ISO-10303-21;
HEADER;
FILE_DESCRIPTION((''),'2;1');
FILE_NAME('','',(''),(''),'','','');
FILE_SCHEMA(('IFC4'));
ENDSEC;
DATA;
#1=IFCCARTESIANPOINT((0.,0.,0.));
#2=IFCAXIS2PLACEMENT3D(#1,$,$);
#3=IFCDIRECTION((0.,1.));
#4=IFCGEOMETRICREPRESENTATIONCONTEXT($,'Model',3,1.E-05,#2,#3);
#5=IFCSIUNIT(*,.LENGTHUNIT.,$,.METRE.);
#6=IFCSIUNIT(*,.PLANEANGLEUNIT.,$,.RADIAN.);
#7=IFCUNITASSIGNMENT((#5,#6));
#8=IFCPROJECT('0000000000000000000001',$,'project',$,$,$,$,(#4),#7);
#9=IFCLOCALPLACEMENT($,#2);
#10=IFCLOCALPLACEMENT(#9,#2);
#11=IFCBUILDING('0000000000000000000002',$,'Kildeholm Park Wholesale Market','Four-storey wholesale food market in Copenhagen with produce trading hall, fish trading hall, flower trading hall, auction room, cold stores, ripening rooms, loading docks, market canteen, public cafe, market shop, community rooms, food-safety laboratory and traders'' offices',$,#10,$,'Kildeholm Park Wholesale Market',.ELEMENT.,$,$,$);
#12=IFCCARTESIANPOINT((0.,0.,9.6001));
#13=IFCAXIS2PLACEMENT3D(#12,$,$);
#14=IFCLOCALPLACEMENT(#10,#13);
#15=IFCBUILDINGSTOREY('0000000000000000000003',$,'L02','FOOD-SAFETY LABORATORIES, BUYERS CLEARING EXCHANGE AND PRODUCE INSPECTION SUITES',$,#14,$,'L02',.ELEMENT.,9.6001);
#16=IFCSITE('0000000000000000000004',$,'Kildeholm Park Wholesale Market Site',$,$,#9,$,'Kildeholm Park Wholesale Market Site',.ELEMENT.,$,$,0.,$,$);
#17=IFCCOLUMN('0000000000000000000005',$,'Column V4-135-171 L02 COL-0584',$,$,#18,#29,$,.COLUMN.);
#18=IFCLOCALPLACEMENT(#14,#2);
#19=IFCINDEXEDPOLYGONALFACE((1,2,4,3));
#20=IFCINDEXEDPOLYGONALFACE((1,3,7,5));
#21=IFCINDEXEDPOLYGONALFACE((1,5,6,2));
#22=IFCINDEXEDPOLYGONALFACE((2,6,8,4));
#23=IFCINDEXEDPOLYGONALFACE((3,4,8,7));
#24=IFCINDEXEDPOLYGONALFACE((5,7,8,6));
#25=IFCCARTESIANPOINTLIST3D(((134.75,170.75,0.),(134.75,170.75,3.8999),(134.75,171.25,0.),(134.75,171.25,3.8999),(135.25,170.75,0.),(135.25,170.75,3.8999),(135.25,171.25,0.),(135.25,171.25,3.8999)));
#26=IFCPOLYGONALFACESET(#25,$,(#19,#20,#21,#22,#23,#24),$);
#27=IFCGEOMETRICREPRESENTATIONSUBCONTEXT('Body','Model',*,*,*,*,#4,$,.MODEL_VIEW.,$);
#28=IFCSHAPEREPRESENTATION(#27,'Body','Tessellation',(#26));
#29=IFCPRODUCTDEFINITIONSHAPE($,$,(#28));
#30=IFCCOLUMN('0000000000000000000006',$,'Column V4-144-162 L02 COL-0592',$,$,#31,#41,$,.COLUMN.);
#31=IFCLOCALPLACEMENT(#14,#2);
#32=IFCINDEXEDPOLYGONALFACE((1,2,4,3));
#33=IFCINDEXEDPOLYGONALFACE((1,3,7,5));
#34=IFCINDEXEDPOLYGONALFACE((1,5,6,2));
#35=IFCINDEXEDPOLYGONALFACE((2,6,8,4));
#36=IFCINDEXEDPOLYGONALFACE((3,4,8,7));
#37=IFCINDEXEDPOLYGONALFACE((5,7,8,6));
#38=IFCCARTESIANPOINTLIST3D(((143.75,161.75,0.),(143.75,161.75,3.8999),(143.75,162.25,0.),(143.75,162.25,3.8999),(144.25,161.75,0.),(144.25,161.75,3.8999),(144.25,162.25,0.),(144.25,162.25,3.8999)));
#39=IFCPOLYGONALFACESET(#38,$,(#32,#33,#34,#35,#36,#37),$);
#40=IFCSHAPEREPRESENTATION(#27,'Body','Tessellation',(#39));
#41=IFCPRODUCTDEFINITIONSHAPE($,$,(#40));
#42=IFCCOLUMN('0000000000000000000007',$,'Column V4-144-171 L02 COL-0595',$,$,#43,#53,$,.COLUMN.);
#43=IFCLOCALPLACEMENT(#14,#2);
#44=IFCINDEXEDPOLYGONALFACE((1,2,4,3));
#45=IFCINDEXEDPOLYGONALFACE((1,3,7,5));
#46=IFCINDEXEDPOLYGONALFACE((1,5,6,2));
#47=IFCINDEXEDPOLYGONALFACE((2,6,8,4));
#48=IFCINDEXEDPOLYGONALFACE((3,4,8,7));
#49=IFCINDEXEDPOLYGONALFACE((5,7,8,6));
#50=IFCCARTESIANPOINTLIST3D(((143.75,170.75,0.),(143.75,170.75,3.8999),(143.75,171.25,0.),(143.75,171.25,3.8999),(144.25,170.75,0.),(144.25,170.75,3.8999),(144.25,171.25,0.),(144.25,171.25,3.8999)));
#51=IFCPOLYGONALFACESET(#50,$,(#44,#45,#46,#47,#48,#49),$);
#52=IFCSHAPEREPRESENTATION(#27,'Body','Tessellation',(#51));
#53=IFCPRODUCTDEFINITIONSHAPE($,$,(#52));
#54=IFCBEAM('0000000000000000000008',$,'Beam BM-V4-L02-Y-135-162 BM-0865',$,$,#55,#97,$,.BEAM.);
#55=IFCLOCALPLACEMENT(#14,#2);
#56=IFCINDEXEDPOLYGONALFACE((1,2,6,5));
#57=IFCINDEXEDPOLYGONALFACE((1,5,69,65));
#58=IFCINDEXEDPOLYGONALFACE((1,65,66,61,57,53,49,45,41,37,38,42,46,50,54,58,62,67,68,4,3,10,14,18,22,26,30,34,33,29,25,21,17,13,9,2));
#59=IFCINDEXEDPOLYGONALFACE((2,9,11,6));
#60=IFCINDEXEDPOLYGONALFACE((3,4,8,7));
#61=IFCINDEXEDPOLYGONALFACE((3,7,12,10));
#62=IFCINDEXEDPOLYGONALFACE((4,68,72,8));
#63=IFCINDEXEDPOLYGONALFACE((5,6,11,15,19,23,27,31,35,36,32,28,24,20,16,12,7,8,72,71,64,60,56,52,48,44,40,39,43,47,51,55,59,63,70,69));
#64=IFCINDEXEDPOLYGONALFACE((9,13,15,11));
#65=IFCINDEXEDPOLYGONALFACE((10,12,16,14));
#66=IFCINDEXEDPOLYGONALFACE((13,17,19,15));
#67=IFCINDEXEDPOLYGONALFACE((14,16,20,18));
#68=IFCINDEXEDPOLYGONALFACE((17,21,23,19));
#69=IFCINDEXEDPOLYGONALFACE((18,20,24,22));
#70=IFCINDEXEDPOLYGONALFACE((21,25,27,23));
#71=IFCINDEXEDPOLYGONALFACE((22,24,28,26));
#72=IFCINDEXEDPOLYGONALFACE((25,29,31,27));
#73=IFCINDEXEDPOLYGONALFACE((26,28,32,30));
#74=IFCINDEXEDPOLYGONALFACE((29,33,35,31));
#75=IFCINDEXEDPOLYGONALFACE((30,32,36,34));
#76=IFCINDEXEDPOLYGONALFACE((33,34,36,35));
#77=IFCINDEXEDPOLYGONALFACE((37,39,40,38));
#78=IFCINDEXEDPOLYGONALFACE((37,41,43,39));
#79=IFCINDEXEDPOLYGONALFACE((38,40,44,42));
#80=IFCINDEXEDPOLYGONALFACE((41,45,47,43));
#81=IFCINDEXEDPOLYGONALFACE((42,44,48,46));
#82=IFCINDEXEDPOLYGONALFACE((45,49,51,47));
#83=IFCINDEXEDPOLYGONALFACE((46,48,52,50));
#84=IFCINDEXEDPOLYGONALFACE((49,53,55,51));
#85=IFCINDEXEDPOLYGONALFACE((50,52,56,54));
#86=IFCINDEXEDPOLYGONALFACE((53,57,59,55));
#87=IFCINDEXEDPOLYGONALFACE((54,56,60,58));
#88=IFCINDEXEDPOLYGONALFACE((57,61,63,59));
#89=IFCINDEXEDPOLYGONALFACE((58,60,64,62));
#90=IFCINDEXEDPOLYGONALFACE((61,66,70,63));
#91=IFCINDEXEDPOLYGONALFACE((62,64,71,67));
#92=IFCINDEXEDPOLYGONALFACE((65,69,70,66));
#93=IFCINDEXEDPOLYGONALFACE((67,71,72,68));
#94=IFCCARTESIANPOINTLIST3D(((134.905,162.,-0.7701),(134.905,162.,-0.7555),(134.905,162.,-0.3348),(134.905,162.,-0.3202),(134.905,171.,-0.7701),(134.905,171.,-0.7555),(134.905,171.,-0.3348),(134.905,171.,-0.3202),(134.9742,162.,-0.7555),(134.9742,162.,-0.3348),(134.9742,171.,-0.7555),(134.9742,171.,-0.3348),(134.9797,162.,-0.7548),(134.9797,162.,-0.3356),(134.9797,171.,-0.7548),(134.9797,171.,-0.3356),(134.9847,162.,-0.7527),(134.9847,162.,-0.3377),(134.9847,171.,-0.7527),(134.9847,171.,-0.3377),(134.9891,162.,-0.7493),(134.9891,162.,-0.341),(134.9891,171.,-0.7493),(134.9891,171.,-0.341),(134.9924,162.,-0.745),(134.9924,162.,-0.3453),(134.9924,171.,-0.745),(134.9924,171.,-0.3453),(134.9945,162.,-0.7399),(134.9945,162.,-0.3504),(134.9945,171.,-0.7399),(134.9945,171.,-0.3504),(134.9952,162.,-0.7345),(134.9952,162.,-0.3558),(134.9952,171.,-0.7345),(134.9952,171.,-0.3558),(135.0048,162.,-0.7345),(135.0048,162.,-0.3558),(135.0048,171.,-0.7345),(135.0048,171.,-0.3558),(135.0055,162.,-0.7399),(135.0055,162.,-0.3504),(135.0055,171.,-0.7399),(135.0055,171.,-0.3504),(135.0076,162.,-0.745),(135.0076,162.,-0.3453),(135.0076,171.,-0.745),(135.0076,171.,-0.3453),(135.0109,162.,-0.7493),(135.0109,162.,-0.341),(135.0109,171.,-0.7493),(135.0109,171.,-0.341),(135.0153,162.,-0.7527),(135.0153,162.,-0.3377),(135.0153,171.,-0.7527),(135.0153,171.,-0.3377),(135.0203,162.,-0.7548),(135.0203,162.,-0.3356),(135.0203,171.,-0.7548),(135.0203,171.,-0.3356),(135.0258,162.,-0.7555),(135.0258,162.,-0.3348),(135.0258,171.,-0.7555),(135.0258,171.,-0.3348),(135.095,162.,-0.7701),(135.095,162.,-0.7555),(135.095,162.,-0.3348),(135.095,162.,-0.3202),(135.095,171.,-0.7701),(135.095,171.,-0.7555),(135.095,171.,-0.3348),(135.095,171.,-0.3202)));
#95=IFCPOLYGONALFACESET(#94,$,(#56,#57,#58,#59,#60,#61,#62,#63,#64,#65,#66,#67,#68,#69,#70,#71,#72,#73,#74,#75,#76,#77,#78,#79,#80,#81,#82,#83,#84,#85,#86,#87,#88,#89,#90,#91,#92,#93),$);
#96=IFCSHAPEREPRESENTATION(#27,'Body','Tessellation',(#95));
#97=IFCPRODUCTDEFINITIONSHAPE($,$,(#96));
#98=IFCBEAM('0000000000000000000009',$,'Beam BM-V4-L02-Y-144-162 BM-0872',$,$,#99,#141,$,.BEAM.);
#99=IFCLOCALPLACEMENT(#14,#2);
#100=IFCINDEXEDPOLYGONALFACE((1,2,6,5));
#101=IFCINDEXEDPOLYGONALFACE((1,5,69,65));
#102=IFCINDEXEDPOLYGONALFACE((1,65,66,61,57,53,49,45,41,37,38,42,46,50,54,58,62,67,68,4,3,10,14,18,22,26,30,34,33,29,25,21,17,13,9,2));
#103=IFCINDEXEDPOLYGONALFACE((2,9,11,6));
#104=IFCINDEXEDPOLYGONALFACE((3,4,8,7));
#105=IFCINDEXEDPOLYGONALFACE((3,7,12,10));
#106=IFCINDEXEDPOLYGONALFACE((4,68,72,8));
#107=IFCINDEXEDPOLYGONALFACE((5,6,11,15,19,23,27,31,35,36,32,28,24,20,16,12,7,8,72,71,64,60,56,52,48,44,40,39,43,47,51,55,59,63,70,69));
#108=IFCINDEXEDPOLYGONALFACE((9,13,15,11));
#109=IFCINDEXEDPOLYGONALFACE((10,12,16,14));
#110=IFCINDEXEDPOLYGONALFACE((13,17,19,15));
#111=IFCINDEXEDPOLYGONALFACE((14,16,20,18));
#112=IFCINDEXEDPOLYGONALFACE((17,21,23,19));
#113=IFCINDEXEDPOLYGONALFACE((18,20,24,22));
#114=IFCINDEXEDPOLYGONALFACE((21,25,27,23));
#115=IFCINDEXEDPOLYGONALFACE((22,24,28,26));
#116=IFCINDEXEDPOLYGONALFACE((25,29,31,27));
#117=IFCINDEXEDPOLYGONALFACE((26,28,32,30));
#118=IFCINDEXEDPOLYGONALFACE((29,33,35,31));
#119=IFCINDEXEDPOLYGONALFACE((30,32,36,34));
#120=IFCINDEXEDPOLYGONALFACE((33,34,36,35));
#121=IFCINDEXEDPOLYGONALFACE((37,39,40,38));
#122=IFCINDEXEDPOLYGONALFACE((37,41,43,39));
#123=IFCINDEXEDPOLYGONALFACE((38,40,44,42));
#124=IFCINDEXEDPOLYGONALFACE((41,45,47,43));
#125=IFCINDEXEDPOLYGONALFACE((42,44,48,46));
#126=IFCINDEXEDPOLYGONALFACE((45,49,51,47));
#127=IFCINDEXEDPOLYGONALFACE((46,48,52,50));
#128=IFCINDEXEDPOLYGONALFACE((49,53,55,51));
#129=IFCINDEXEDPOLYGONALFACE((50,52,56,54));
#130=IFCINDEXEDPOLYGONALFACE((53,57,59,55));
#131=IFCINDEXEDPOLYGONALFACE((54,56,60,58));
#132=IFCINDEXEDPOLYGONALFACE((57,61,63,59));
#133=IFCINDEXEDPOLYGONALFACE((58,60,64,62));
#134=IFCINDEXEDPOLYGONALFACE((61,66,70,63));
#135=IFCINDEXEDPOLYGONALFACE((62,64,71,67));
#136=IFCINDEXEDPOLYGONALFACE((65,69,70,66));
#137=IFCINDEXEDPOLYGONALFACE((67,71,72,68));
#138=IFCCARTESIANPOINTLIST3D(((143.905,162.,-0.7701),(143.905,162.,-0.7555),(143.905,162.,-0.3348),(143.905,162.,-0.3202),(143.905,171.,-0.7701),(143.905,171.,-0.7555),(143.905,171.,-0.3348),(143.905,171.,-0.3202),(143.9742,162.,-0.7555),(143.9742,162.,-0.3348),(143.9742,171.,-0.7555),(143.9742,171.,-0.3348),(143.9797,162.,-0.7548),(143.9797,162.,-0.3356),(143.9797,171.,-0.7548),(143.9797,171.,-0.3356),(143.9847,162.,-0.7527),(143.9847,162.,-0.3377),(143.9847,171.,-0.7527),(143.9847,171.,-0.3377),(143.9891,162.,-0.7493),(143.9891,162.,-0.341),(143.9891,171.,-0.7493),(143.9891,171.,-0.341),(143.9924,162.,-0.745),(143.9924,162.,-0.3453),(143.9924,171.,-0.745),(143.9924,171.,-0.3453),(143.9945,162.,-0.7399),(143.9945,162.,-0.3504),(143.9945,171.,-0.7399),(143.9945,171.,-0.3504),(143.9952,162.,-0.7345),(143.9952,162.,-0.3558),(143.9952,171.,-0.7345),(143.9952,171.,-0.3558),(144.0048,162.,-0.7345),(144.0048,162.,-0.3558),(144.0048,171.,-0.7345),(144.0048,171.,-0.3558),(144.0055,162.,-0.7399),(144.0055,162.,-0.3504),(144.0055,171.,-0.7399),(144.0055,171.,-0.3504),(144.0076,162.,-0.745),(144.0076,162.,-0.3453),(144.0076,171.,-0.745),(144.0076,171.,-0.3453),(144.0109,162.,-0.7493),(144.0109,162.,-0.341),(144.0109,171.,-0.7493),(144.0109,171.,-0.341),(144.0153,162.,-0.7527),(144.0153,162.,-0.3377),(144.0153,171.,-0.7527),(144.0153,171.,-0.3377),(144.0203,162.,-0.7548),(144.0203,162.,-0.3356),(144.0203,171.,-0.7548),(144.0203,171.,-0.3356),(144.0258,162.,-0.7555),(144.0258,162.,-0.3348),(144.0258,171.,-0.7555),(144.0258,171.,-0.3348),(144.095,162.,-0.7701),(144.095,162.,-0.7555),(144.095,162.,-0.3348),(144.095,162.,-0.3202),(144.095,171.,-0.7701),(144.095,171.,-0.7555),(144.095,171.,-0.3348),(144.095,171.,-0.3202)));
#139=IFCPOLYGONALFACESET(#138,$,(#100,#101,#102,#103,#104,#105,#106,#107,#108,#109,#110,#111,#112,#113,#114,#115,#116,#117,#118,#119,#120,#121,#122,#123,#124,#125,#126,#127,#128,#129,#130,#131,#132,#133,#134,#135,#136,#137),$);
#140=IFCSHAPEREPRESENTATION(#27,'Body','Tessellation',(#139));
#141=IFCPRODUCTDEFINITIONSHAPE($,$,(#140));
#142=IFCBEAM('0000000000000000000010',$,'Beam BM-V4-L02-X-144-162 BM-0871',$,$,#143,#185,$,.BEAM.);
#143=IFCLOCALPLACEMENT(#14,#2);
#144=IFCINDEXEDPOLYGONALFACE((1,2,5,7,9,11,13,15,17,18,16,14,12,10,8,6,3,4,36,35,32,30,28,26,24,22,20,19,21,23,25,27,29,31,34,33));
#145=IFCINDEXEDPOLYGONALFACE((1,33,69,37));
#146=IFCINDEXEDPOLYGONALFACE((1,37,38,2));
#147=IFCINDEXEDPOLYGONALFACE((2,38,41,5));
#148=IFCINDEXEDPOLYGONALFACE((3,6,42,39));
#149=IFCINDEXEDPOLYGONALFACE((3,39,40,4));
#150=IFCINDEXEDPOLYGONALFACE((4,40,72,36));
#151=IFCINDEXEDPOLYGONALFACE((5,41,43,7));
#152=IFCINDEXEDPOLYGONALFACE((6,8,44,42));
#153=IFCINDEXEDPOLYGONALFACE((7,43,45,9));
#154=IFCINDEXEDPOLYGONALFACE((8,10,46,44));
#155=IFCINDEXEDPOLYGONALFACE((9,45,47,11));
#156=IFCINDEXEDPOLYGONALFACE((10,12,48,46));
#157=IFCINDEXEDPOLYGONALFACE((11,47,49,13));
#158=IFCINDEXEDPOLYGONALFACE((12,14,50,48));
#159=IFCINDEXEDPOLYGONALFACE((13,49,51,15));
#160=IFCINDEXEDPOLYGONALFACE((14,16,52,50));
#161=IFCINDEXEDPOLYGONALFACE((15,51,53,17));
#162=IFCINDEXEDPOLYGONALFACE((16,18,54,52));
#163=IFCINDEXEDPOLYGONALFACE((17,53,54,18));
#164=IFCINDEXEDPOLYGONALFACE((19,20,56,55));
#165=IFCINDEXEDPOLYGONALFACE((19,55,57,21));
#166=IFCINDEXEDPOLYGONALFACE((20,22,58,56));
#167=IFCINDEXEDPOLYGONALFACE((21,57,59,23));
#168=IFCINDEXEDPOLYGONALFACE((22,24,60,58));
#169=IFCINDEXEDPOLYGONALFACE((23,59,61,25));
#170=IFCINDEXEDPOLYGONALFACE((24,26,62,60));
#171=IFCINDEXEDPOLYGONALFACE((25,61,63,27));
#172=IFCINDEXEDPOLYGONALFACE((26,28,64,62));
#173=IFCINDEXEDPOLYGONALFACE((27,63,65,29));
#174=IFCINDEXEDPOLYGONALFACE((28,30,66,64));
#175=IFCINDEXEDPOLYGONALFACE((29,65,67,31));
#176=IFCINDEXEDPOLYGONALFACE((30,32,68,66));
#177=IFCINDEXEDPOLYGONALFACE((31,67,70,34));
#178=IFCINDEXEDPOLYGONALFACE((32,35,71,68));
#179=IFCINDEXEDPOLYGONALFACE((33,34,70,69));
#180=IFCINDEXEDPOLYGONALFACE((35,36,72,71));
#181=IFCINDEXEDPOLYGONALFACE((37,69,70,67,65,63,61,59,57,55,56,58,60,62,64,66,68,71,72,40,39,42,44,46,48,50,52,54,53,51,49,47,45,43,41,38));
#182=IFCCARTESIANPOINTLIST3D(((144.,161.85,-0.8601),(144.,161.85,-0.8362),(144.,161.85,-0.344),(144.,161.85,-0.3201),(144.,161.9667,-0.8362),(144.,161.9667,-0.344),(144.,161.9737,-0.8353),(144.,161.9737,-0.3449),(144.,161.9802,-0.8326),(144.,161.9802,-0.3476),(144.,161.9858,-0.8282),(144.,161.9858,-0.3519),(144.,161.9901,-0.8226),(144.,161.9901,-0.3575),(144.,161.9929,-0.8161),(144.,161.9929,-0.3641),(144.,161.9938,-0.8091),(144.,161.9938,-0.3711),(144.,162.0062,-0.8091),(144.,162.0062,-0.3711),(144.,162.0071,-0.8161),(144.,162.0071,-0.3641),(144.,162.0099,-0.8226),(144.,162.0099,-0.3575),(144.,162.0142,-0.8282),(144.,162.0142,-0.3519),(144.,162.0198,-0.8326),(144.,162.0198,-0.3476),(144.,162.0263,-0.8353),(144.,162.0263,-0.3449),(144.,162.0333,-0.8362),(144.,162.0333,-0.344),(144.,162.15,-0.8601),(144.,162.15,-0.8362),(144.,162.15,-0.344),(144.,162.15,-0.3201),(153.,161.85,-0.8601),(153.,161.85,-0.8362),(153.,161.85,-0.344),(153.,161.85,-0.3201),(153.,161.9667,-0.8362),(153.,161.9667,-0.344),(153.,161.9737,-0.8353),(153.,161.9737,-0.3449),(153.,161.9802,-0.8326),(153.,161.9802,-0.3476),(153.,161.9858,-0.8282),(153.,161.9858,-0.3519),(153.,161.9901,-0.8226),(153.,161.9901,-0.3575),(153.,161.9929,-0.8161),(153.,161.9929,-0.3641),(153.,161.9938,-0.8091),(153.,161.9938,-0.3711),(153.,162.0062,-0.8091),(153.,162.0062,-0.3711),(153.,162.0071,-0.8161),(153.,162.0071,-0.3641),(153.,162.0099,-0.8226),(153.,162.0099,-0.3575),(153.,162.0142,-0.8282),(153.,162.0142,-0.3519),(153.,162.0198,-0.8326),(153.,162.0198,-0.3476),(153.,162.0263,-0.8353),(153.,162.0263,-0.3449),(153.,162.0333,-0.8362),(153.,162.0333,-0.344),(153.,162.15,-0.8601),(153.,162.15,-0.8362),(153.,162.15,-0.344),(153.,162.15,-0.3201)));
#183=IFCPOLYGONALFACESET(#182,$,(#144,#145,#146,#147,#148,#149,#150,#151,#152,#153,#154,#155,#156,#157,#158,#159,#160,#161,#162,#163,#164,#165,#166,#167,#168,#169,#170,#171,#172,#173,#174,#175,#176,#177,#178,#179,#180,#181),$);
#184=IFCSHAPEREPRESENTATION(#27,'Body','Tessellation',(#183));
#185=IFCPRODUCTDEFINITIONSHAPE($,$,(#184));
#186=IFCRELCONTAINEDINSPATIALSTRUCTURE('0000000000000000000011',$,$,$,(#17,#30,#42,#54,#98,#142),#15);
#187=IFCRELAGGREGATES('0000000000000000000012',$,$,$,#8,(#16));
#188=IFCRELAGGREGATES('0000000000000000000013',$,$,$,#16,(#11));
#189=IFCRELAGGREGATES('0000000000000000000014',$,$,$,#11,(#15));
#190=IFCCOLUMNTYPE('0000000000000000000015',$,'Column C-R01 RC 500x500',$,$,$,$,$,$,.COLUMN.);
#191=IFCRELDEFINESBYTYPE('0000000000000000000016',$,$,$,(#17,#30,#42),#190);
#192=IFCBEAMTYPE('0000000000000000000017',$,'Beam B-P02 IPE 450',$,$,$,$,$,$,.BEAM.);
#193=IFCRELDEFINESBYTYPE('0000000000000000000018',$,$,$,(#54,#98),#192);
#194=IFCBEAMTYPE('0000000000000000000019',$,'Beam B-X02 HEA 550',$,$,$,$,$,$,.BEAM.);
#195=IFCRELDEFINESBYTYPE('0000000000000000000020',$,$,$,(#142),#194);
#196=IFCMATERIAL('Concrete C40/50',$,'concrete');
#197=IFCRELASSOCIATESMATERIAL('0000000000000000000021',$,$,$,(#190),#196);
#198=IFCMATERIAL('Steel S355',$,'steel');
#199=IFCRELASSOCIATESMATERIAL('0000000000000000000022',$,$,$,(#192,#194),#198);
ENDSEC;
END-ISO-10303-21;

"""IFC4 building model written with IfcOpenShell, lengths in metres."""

from ifc_helpers import new_model, si_unit, direction, frame, origin, origin_2d, place, context, subcontext, project, spatial, rectangle, i_section, extrude, material, material_profile, profile_set, type_object, element, save


model = new_model("IFC4")

# Units and contexts
model_context = context("Model", 3, precision=1e-05, world=origin(), true_north=direction((0.0, 1.0)))
body_context = subcontext(model_context, "Body", "Model", "MODEL_VIEW")
ifc_project = project(units=[si_unit("LENGTHUNIT", "METRE"), si_unit("PLANEANGLEUNIT", "RADIAN")], contexts=[model_context])

# Site, building, storey
site_placement = place(None, origin())
site = spatial("IfcSite", under=ifc_project, at=site_placement, Name="Kildeholm Park Wholesale Market Site", LongName="Kildeholm Park Wholesale Market Site", CompositionType="ELEMENT", RefElevation=0.0)
building_placement = place(site_placement, origin())
building = spatial("IfcBuilding", under=site, at=building_placement, Name="Kildeholm Park Wholesale Market", Description="Four-storey wholesale food market in Copenhagen with produce trading hall, fish trading hall, flower trading hall, auction room, cold stores, ripening rooms, loading docks, market canteen, public cafe, market shop, community rooms, food-safety laboratory and traders' offices", LongName="Kildeholm Park Wholesale Market", CompositionType="ELEMENT")
storey_placement = place(building_placement, frame((0.0, 0.0, 9.6001)))
storey = spatial("IfcBuildingStorey", under=building, at=storey_placement, Name="L02", Description="FOOD-SAFETY LABORATORIES, BUYERS CLEARING EXCHANGE AND PRODUCE INSPECTION SUITES", LongName="L02", CompositionType="ELEMENT", Elevation=9.6001)

# Columns
ifc_material_1 = material(Name="Concrete C40/50", Category="concrete")
ifc_material_profile_1 = material_profile(ifc_material_1, rectangle(XDim=0.5, YDim=0.5, at=origin_2d()), Name="RC 500x500")
ifc_profile_set_1 = profile_set([ifc_material_profile_1], Name="Concrete C40/50")
column_type = type_object("IfcColumnType", Name="Column C-R01 RC 500x500", PredefinedType="COLUMN", material=ifc_profile_set_1)
for number, where, z_axis, x_axis, name in (
    (1, (135.0, 171.0, 0.0), (0.0, 0.0, 1.0), (1.0, 0.0, 0.0), "Column V4-135-171 L02 COL-0584"),
    (2, (144.0, 162.0, 0.0), (0.0, 0.0, 1.0), (1.0, 0.0, 0.0), "Column V4-144-162 L02 COL-0592"),
    (3, (144.0, 171.0, 0.0), (0.0, 0.0, 1.0), (1.0, 0.0, 0.0), "Column V4-144-171 L02 COL-0595"),
):
    element("IfcColumn", number, at=place(storey_placement, frame(where, z_axis=z_axis, x_axis=x_axis)), inside=storey, type_object=column_type, Name=name, PredefinedType="COLUMN", context=body_context, shape_type="SweptSolid", body=[
        extrude(rectangle(XDim=0.5, YDim=0.5, at=origin_2d()), origin(), (0.0, 0.0, 1.0), 3.8999),
    ])

# Beams
ifc_material_2 = material(Name="Steel S355", Category="steel")
ifc_material_profile_2 = material_profile(ifc_material_2, i_section(OverallWidth=0.1899, OverallDepth=0.45, WebThickness=0.0095, FlangeThickness=0.0146, FilletRadius=0.021, at=origin_2d()), Name="IPE 450")
ifc_profile_set_2 = profile_set([ifc_material_profile_2], Name="Steel S355")
beam_type_1 = type_object("IfcBeamType", Name="Beam B-P02 IPE 450", PredefinedType="BEAM", material=ifc_profile_set_2)
for number, where, z_axis, x_axis, name in (
    (4, (135.0, 162.0, -0.5452), (0.0, 1.0, 0.0), (-1.0, 0.0, 0.0), "Beam BM-V4-L02-Y-135-162 BM-0865"),
    (5, (144.0, 162.0, -0.5452), (0.0, 1.0, 0.0), (-1.0, 0.0, 0.0), "Beam BM-V4-L02-Y-144-162 BM-0872"),
):
    element("IfcBeam", number, at=place(storey_placement, frame(where, z_axis=z_axis, x_axis=x_axis)), inside=storey, type_object=beam_type_1, Name=name, PredefinedType="BEAM", context=body_context, shape_type="SweptSolid", body=[
        extrude(i_section(OverallWidth=0.1899, OverallDepth=0.45, WebThickness=0.0095, FlangeThickness=0.0146, FilletRadius=0.021, at=origin_2d()), origin(), (0.0, 0.0, 1.0), 9.0),
    ])
ifc_material_profile_3 = material_profile(ifc_material_2, i_section(OverallWidth=0.3, OverallDepth=0.54, WebThickness=0.0125, FlangeThickness=0.0239, FilletRadius=0.0271, at=origin_2d()), Name="HEA 550")
ifc_profile_set_3 = profile_set([ifc_material_profile_3], Name="Steel S355")
beam_type_2 = type_object("IfcBeamType", Name="Beam B-X02 HEA 550", PredefinedType="BEAM", material=ifc_profile_set_3)
beam_1_placement = place(storey_placement, frame((144.0, 162.0, -0.5901), z_axis=(1.0, 0.0, 0.0), x_axis=(0.0, 1.0, 0.0)))
element("IfcBeam", 6, at=beam_1_placement, inside=storey, type_object=beam_type_2, Name="Beam BM-V4-L02-X-144-162 BM-0871", PredefinedType="BEAM", context=body_context, shape_type="SweptSolid", body=[
    extrude(i_section(OverallWidth=0.3, OverallDepth=0.54, WebThickness=0.0125, FlangeThickness=0.0239, FilletRadius=0.0271, at=origin_2d()), origin(), (0.0, 0.0, 1.0), 9.0),
])

save(model, "model.ifc")
